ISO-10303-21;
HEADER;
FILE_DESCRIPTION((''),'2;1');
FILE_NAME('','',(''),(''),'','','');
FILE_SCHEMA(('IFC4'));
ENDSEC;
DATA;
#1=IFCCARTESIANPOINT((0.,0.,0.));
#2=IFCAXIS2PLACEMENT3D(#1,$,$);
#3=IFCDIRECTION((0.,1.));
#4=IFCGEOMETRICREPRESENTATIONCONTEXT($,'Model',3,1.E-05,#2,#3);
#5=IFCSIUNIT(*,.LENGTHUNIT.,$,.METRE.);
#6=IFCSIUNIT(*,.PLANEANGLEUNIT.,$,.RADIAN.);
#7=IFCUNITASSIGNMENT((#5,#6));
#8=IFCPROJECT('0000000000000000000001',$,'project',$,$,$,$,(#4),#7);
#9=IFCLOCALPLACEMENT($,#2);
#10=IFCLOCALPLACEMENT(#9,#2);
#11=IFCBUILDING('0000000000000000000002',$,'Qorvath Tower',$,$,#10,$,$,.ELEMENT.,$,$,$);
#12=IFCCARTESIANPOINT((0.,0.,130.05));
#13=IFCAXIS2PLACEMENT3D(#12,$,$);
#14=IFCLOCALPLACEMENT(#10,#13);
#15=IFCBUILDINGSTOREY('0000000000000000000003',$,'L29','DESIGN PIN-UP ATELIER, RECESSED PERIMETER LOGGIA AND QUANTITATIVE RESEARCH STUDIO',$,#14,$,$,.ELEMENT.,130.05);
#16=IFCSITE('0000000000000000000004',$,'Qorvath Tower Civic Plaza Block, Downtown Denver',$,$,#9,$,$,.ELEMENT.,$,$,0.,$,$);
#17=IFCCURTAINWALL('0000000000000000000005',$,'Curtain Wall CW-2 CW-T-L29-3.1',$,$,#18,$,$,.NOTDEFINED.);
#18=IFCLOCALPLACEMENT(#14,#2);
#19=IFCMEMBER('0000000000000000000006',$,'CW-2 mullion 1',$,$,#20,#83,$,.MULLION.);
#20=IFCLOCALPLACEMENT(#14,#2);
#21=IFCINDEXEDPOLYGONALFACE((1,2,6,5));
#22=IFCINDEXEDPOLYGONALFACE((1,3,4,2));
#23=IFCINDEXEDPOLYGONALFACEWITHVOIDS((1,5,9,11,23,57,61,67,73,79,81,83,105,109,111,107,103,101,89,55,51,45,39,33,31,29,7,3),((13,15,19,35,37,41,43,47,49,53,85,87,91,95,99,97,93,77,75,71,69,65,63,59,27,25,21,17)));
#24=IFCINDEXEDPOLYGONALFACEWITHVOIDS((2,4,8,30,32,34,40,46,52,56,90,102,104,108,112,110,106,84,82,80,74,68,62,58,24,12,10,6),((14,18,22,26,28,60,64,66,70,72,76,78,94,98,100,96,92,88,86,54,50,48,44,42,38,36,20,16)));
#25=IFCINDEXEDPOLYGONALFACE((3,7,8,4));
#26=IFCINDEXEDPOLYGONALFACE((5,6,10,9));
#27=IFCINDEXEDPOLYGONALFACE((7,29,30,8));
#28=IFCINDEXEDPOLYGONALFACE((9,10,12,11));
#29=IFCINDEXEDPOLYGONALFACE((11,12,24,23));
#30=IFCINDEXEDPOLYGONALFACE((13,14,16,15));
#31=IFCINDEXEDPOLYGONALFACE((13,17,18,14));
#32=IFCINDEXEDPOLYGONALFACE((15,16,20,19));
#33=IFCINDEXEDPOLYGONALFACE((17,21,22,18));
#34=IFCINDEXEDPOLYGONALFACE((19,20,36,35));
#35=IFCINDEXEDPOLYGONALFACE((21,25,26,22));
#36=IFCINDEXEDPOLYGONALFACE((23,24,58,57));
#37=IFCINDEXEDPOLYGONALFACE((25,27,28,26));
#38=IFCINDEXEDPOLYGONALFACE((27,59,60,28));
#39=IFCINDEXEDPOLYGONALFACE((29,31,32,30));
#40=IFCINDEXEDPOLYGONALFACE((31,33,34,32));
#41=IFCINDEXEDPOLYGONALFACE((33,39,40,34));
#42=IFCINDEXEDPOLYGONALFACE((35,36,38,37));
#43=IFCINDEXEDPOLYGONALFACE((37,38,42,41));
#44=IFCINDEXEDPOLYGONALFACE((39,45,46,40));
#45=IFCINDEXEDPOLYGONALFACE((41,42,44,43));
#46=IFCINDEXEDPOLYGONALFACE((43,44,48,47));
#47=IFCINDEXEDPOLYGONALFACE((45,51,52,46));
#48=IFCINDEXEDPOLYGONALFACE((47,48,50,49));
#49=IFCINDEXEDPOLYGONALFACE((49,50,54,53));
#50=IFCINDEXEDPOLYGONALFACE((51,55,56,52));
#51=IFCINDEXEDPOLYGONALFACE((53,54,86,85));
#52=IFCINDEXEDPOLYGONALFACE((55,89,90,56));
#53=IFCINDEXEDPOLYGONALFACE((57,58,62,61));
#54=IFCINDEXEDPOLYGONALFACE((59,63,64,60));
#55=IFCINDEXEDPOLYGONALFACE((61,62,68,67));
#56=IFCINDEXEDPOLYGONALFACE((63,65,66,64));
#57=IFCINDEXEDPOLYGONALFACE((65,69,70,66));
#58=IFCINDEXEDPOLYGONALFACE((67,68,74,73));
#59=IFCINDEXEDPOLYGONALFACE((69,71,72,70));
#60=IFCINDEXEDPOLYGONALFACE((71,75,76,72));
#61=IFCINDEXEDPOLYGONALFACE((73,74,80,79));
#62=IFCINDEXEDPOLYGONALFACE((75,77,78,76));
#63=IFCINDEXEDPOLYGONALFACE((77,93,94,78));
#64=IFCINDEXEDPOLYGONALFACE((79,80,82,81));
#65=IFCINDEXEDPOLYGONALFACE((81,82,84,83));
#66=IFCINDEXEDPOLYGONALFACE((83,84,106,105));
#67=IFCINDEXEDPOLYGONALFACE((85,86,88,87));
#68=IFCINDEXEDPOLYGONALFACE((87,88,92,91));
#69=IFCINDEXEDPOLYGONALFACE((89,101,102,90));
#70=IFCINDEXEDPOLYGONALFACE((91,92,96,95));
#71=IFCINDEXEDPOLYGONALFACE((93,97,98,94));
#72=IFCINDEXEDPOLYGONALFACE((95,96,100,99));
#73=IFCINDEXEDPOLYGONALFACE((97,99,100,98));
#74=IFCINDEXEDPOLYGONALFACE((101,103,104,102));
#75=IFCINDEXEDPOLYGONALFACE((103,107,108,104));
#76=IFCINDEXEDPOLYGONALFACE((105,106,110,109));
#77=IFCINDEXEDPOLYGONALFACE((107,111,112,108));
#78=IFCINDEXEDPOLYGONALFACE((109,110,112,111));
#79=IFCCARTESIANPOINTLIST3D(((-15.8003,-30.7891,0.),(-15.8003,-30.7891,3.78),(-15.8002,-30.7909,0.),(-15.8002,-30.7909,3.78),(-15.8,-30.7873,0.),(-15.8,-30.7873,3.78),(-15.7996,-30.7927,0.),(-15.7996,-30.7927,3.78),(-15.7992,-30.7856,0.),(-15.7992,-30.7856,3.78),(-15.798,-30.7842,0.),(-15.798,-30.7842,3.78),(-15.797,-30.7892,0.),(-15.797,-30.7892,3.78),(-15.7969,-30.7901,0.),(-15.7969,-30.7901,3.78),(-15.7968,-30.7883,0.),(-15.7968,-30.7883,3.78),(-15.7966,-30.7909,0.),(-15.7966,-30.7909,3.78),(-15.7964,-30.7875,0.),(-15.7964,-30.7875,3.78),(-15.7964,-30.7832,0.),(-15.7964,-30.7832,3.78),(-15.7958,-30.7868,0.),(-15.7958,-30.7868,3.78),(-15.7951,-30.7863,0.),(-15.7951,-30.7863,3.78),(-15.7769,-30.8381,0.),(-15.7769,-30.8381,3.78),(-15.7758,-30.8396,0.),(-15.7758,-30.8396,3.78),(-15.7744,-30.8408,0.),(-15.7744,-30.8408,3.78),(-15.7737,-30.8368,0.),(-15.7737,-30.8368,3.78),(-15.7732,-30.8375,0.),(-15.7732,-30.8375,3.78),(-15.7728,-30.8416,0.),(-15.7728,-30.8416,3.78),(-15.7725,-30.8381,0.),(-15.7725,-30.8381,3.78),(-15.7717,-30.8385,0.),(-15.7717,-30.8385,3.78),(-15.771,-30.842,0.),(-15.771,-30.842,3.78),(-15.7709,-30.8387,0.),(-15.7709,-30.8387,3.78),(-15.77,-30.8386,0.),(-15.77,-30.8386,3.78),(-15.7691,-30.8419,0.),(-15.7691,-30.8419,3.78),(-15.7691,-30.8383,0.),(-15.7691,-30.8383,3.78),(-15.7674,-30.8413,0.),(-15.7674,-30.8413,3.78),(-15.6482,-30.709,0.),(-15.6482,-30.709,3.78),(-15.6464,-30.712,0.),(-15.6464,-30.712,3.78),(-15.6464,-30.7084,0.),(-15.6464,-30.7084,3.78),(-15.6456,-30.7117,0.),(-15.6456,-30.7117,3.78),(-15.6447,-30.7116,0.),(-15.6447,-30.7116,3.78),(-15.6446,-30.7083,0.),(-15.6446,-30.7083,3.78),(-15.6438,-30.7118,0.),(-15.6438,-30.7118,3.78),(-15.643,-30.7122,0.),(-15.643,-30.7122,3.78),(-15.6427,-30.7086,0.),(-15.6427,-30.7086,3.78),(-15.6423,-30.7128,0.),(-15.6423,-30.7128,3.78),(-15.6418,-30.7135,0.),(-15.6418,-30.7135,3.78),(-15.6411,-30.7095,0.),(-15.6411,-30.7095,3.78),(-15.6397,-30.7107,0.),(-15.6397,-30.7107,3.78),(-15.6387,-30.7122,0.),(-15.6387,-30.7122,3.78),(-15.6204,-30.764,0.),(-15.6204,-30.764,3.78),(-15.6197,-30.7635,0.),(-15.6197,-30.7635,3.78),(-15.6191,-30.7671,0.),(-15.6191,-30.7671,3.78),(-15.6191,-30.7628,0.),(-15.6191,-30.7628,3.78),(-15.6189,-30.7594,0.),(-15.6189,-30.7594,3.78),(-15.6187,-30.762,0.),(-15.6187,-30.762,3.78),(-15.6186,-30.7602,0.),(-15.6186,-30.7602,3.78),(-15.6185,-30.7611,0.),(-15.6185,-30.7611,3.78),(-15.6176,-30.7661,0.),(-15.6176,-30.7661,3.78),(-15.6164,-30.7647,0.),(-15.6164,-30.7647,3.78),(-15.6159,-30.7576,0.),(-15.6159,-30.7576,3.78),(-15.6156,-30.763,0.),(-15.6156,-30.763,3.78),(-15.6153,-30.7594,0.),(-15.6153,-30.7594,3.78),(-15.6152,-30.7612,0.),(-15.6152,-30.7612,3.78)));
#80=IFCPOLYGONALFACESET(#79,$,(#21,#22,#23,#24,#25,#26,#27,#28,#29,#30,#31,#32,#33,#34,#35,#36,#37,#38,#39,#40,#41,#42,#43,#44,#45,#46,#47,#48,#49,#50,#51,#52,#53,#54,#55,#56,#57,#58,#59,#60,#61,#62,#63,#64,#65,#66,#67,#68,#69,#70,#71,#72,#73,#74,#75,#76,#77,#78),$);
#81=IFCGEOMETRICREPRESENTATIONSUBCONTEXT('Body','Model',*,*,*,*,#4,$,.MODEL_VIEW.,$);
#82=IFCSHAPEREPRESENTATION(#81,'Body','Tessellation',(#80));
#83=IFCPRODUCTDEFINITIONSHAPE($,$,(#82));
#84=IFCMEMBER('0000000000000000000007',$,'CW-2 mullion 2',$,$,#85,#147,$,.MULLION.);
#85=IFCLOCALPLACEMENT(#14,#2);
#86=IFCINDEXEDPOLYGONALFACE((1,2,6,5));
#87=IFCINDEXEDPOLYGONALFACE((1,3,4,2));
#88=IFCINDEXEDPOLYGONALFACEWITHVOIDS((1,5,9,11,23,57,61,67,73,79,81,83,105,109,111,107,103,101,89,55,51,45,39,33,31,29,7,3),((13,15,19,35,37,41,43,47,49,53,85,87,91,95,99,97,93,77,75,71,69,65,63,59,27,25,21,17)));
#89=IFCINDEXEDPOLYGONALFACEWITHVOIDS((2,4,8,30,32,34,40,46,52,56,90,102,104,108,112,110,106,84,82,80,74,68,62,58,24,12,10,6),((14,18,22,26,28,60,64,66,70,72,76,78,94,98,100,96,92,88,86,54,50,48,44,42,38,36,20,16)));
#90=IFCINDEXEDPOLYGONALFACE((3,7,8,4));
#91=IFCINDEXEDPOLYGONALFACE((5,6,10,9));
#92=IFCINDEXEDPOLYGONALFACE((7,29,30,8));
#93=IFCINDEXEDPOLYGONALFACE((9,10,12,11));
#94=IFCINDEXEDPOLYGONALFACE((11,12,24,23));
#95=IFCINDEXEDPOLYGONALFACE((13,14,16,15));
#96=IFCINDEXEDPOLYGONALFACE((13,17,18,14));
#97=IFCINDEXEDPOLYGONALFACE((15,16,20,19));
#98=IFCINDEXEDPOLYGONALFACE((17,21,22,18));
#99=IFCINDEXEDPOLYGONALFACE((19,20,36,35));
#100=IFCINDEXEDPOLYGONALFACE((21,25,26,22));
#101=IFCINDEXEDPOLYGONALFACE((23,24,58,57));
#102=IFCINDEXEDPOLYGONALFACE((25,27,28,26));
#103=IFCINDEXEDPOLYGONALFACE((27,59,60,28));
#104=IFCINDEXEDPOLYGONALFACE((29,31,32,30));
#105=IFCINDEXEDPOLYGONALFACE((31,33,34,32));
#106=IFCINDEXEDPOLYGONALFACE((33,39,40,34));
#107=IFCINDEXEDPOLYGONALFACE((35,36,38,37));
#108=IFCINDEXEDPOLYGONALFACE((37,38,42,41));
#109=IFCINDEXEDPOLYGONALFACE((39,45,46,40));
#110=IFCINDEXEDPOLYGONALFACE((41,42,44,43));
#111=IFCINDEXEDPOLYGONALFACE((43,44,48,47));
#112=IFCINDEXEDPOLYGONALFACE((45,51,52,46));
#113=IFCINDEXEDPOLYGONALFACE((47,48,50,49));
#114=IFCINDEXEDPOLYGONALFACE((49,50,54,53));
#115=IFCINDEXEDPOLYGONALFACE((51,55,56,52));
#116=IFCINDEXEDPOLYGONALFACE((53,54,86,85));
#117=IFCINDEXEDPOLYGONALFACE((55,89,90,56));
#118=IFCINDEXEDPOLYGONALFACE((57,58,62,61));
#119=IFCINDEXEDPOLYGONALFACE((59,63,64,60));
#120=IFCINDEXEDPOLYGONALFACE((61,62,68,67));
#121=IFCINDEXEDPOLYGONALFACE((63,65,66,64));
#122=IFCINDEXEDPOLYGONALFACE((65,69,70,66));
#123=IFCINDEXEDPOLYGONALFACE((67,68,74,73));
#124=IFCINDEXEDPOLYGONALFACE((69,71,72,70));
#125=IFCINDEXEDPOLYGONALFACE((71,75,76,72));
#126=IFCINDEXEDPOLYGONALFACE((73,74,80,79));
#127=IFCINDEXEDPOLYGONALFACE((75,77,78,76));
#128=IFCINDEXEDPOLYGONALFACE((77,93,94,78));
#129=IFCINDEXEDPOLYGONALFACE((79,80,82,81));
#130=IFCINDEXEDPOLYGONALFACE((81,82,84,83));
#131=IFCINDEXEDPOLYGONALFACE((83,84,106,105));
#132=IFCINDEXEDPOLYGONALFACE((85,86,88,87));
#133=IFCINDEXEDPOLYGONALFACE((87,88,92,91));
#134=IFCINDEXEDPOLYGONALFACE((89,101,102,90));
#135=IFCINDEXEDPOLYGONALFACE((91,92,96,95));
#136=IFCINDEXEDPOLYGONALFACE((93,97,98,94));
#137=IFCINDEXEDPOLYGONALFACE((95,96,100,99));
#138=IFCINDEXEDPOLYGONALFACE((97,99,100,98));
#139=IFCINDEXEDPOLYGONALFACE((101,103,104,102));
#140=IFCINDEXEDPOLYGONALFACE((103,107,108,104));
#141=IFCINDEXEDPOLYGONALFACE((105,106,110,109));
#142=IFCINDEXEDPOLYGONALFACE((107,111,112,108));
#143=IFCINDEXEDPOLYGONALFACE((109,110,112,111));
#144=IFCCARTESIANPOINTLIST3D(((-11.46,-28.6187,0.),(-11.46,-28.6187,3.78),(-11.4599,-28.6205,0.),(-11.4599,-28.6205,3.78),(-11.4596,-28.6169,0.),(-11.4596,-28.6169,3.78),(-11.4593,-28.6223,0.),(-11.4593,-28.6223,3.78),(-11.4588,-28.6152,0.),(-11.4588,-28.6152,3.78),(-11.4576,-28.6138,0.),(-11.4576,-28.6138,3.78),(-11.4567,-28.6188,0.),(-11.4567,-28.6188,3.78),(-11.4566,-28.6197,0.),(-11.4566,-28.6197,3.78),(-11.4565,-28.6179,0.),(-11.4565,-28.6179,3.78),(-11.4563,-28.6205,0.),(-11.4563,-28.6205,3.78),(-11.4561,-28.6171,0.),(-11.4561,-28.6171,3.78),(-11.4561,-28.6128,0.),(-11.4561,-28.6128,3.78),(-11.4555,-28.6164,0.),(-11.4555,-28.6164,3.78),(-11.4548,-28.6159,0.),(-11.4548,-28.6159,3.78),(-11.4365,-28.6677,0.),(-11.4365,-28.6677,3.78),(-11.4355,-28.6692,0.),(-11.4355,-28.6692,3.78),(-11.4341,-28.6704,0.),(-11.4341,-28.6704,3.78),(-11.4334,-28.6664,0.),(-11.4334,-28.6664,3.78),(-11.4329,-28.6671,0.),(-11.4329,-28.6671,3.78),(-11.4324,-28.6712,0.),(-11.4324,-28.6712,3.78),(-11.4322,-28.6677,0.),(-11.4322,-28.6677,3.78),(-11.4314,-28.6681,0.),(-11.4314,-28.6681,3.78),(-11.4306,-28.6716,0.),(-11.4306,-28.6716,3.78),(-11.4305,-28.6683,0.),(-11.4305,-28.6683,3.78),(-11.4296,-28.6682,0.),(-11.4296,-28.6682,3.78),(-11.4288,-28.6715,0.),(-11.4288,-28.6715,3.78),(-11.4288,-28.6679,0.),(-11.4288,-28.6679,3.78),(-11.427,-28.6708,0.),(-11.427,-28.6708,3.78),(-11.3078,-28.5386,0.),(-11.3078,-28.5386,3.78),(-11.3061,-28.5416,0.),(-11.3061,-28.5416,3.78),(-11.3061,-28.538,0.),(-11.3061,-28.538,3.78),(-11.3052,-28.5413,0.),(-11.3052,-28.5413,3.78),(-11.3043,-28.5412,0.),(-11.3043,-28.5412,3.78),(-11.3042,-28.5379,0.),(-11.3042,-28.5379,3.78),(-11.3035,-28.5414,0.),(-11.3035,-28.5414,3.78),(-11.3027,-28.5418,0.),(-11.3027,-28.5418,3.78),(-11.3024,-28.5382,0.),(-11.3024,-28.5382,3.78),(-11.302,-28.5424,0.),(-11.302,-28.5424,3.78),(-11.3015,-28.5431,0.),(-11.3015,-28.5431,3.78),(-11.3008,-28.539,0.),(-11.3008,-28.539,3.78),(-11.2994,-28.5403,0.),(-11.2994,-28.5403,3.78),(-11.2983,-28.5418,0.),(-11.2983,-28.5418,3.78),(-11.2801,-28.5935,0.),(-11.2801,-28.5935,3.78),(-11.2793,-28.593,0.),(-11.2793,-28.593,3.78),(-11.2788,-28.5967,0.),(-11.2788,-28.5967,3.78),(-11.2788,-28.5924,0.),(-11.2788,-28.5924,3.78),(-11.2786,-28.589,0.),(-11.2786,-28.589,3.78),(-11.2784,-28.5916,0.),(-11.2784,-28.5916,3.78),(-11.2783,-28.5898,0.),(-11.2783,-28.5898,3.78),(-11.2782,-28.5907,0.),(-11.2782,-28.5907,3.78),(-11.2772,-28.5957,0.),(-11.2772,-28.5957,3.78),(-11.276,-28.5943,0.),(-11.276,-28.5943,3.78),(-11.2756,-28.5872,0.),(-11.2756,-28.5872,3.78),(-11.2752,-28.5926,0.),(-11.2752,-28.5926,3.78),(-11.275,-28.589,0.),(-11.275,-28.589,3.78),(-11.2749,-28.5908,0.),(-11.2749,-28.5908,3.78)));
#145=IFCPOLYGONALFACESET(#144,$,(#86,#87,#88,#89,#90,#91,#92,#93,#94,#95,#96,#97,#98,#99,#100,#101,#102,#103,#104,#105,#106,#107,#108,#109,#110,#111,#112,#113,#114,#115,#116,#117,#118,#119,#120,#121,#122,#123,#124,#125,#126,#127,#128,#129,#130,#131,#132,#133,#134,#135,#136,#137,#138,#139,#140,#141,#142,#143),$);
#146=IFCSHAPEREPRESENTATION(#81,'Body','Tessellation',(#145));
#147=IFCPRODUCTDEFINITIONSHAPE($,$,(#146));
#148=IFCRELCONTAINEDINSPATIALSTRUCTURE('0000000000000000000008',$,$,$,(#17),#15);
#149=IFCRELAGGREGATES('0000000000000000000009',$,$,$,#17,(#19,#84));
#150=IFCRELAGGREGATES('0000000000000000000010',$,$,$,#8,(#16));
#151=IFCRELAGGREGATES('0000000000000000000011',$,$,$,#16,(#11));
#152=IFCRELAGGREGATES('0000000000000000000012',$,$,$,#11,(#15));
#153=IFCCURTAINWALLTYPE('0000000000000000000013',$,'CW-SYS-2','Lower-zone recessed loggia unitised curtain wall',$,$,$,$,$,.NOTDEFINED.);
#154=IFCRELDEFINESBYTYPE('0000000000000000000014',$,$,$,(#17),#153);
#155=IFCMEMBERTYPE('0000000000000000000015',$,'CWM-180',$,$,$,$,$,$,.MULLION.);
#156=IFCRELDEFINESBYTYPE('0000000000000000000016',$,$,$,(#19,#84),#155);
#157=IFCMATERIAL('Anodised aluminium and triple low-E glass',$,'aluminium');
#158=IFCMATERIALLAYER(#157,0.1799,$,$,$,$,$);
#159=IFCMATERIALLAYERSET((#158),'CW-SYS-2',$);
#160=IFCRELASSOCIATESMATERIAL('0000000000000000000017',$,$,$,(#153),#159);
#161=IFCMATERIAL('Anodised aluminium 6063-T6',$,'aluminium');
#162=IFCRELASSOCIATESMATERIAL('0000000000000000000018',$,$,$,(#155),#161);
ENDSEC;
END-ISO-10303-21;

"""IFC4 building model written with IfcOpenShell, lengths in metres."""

from ifc_helpers import new_model, si_unit, direction, frame, origin, origin_2d, place, context, subcontext, project, spatial, hollow_rectangle, extrude, material, layer, layer_set, material_profile, profile_set, type_object, element, aggregate, save


model = new_model("IFC4")

# Units and contexts
model_context = context("Model", 3, precision=1e-05, world=origin(), true_north=direction((0.0, 1.0)))
body_context = subcontext(model_context, "Body", "Model", "MODEL_VIEW")
ifc_project = project(units=[si_unit("LENGTHUNIT", "METRE"), si_unit("PLANEANGLEUNIT", "RADIAN")], contexts=[model_context])

# Site, building, storey
site_placement = place(None, origin())
site = spatial("IfcSite", under=ifc_project, at=site_placement, Name="Qorvath Tower Civic Plaza Block, Downtown Denver", CompositionType="ELEMENT", RefElevation=0.0)
building_placement = place(site_placement, origin())
building = spatial("IfcBuilding", under=site, at=building_placement, Name="Qorvath Tower", CompositionType="ELEMENT")
storey_placement = place(building_placement, frame((0.0, 0.0, 130.05)))
storey = spatial("IfcBuildingStorey", under=building, at=storey_placement, Name="L29", Description="DESIGN PIN-UP ATELIER, RECESSED PERIMETER LOGGIA AND QUANTITATIVE RESEARCH STUDIO", CompositionType="ELEMENT", Elevation=130.05)

# Shared definitions
ifc_material_1 = material(Name="Anodised aluminium and triple low-E glass", Category="aluminium")
ifc_layer_1 = layer(ifc_material_1, 0.1799)
ifc_layer_set_1 = layer_set([ifc_layer_1], Name="CW-SYS-2")
curtain_wall_type = type_object("IfcCurtainWallType", Name="CW-SYS-2", Description="Lower-zone recessed loggia unitised curtain wall", PredefinedType="NOTDEFINED", material=ifc_layer_set_1)
ifc_material_2 = material(Name="Anodised aluminium 6063-T6", Category="aluminium")
ifc_material_profile_1 = material_profile(ifc_material_2, hollow_rectangle(XDim=0.0649, YDim=0.1799, WallThickness=0.0034, InnerFilletRadius=0.0034, OuterFilletRadius=0.0071, at=origin_2d()), Name="CWM 180x65")
ifc_profile_set_1 = profile_set([ifc_material_profile_1], Name="Anodised aluminium 6063-T6")
member_type_1 = type_object("IfcMemberType", Name="CWM-180", PredefinedType="MULLION", material=ifc_profile_set_1)

# Curtain wall, members
curtain_wall_1_placement = place(storey_placement, origin())
curtain_wall_1 = element("IfcCurtainWall", 1, at=curtain_wall_1_placement, inside=storey, type_object=curtain_wall_type, Name="Curtain Wall CW-2 CW-T-L29-3.1", PredefinedType="NOTDEFINED")
member_1_placement = place(storey_placement, frame((-15.7078, -30.7751, 0.0), z_axis=(0.0, 0.0, 1.0), x_axis=(-0.447262, 0.894403, 0.0)))
member_1 = element("IfcMember", 2, at=member_1_placement, type_object=member_type_1, Name="CW-2 mullion 1", PredefinedType="MULLION", context=body_context, shape_type="SweptSolid", body=[
    extrude(hollow_rectangle(XDim=0.0649, YDim=0.1799, WallThickness=0.0034, InnerFilletRadius=0.0034, OuterFilletRadius=0.0071, at=origin_2d()), origin(), (0.0, 0.0, 1.0), 3.78),
])
member_2_placement = place(storey_placement, frame((-11.3674, -28.6047, 0.0), z_axis=(0.0, 0.0, 1.0), x_axis=(-0.447262, 0.894403, 0.0)))
member_2 = element("IfcMember", 3, at=member_2_placement, type_object=member_type_1, Name="CW-2 mullion 2", PredefinedType="MULLION", context=body_context, shape_type="SweptSolid", body=[
    extrude(hollow_rectangle(XDim=0.0649, YDim=0.1799, WallThickness=0.0034, InnerFilletRadius=0.0034, OuterFilletRadius=0.0071, at=origin_2d()), origin(), (0.0, 0.0, 1.0), 3.78),
])

aggregate(curtain_wall_1, [member_1, member_2])

save(model, "model.ifc")
